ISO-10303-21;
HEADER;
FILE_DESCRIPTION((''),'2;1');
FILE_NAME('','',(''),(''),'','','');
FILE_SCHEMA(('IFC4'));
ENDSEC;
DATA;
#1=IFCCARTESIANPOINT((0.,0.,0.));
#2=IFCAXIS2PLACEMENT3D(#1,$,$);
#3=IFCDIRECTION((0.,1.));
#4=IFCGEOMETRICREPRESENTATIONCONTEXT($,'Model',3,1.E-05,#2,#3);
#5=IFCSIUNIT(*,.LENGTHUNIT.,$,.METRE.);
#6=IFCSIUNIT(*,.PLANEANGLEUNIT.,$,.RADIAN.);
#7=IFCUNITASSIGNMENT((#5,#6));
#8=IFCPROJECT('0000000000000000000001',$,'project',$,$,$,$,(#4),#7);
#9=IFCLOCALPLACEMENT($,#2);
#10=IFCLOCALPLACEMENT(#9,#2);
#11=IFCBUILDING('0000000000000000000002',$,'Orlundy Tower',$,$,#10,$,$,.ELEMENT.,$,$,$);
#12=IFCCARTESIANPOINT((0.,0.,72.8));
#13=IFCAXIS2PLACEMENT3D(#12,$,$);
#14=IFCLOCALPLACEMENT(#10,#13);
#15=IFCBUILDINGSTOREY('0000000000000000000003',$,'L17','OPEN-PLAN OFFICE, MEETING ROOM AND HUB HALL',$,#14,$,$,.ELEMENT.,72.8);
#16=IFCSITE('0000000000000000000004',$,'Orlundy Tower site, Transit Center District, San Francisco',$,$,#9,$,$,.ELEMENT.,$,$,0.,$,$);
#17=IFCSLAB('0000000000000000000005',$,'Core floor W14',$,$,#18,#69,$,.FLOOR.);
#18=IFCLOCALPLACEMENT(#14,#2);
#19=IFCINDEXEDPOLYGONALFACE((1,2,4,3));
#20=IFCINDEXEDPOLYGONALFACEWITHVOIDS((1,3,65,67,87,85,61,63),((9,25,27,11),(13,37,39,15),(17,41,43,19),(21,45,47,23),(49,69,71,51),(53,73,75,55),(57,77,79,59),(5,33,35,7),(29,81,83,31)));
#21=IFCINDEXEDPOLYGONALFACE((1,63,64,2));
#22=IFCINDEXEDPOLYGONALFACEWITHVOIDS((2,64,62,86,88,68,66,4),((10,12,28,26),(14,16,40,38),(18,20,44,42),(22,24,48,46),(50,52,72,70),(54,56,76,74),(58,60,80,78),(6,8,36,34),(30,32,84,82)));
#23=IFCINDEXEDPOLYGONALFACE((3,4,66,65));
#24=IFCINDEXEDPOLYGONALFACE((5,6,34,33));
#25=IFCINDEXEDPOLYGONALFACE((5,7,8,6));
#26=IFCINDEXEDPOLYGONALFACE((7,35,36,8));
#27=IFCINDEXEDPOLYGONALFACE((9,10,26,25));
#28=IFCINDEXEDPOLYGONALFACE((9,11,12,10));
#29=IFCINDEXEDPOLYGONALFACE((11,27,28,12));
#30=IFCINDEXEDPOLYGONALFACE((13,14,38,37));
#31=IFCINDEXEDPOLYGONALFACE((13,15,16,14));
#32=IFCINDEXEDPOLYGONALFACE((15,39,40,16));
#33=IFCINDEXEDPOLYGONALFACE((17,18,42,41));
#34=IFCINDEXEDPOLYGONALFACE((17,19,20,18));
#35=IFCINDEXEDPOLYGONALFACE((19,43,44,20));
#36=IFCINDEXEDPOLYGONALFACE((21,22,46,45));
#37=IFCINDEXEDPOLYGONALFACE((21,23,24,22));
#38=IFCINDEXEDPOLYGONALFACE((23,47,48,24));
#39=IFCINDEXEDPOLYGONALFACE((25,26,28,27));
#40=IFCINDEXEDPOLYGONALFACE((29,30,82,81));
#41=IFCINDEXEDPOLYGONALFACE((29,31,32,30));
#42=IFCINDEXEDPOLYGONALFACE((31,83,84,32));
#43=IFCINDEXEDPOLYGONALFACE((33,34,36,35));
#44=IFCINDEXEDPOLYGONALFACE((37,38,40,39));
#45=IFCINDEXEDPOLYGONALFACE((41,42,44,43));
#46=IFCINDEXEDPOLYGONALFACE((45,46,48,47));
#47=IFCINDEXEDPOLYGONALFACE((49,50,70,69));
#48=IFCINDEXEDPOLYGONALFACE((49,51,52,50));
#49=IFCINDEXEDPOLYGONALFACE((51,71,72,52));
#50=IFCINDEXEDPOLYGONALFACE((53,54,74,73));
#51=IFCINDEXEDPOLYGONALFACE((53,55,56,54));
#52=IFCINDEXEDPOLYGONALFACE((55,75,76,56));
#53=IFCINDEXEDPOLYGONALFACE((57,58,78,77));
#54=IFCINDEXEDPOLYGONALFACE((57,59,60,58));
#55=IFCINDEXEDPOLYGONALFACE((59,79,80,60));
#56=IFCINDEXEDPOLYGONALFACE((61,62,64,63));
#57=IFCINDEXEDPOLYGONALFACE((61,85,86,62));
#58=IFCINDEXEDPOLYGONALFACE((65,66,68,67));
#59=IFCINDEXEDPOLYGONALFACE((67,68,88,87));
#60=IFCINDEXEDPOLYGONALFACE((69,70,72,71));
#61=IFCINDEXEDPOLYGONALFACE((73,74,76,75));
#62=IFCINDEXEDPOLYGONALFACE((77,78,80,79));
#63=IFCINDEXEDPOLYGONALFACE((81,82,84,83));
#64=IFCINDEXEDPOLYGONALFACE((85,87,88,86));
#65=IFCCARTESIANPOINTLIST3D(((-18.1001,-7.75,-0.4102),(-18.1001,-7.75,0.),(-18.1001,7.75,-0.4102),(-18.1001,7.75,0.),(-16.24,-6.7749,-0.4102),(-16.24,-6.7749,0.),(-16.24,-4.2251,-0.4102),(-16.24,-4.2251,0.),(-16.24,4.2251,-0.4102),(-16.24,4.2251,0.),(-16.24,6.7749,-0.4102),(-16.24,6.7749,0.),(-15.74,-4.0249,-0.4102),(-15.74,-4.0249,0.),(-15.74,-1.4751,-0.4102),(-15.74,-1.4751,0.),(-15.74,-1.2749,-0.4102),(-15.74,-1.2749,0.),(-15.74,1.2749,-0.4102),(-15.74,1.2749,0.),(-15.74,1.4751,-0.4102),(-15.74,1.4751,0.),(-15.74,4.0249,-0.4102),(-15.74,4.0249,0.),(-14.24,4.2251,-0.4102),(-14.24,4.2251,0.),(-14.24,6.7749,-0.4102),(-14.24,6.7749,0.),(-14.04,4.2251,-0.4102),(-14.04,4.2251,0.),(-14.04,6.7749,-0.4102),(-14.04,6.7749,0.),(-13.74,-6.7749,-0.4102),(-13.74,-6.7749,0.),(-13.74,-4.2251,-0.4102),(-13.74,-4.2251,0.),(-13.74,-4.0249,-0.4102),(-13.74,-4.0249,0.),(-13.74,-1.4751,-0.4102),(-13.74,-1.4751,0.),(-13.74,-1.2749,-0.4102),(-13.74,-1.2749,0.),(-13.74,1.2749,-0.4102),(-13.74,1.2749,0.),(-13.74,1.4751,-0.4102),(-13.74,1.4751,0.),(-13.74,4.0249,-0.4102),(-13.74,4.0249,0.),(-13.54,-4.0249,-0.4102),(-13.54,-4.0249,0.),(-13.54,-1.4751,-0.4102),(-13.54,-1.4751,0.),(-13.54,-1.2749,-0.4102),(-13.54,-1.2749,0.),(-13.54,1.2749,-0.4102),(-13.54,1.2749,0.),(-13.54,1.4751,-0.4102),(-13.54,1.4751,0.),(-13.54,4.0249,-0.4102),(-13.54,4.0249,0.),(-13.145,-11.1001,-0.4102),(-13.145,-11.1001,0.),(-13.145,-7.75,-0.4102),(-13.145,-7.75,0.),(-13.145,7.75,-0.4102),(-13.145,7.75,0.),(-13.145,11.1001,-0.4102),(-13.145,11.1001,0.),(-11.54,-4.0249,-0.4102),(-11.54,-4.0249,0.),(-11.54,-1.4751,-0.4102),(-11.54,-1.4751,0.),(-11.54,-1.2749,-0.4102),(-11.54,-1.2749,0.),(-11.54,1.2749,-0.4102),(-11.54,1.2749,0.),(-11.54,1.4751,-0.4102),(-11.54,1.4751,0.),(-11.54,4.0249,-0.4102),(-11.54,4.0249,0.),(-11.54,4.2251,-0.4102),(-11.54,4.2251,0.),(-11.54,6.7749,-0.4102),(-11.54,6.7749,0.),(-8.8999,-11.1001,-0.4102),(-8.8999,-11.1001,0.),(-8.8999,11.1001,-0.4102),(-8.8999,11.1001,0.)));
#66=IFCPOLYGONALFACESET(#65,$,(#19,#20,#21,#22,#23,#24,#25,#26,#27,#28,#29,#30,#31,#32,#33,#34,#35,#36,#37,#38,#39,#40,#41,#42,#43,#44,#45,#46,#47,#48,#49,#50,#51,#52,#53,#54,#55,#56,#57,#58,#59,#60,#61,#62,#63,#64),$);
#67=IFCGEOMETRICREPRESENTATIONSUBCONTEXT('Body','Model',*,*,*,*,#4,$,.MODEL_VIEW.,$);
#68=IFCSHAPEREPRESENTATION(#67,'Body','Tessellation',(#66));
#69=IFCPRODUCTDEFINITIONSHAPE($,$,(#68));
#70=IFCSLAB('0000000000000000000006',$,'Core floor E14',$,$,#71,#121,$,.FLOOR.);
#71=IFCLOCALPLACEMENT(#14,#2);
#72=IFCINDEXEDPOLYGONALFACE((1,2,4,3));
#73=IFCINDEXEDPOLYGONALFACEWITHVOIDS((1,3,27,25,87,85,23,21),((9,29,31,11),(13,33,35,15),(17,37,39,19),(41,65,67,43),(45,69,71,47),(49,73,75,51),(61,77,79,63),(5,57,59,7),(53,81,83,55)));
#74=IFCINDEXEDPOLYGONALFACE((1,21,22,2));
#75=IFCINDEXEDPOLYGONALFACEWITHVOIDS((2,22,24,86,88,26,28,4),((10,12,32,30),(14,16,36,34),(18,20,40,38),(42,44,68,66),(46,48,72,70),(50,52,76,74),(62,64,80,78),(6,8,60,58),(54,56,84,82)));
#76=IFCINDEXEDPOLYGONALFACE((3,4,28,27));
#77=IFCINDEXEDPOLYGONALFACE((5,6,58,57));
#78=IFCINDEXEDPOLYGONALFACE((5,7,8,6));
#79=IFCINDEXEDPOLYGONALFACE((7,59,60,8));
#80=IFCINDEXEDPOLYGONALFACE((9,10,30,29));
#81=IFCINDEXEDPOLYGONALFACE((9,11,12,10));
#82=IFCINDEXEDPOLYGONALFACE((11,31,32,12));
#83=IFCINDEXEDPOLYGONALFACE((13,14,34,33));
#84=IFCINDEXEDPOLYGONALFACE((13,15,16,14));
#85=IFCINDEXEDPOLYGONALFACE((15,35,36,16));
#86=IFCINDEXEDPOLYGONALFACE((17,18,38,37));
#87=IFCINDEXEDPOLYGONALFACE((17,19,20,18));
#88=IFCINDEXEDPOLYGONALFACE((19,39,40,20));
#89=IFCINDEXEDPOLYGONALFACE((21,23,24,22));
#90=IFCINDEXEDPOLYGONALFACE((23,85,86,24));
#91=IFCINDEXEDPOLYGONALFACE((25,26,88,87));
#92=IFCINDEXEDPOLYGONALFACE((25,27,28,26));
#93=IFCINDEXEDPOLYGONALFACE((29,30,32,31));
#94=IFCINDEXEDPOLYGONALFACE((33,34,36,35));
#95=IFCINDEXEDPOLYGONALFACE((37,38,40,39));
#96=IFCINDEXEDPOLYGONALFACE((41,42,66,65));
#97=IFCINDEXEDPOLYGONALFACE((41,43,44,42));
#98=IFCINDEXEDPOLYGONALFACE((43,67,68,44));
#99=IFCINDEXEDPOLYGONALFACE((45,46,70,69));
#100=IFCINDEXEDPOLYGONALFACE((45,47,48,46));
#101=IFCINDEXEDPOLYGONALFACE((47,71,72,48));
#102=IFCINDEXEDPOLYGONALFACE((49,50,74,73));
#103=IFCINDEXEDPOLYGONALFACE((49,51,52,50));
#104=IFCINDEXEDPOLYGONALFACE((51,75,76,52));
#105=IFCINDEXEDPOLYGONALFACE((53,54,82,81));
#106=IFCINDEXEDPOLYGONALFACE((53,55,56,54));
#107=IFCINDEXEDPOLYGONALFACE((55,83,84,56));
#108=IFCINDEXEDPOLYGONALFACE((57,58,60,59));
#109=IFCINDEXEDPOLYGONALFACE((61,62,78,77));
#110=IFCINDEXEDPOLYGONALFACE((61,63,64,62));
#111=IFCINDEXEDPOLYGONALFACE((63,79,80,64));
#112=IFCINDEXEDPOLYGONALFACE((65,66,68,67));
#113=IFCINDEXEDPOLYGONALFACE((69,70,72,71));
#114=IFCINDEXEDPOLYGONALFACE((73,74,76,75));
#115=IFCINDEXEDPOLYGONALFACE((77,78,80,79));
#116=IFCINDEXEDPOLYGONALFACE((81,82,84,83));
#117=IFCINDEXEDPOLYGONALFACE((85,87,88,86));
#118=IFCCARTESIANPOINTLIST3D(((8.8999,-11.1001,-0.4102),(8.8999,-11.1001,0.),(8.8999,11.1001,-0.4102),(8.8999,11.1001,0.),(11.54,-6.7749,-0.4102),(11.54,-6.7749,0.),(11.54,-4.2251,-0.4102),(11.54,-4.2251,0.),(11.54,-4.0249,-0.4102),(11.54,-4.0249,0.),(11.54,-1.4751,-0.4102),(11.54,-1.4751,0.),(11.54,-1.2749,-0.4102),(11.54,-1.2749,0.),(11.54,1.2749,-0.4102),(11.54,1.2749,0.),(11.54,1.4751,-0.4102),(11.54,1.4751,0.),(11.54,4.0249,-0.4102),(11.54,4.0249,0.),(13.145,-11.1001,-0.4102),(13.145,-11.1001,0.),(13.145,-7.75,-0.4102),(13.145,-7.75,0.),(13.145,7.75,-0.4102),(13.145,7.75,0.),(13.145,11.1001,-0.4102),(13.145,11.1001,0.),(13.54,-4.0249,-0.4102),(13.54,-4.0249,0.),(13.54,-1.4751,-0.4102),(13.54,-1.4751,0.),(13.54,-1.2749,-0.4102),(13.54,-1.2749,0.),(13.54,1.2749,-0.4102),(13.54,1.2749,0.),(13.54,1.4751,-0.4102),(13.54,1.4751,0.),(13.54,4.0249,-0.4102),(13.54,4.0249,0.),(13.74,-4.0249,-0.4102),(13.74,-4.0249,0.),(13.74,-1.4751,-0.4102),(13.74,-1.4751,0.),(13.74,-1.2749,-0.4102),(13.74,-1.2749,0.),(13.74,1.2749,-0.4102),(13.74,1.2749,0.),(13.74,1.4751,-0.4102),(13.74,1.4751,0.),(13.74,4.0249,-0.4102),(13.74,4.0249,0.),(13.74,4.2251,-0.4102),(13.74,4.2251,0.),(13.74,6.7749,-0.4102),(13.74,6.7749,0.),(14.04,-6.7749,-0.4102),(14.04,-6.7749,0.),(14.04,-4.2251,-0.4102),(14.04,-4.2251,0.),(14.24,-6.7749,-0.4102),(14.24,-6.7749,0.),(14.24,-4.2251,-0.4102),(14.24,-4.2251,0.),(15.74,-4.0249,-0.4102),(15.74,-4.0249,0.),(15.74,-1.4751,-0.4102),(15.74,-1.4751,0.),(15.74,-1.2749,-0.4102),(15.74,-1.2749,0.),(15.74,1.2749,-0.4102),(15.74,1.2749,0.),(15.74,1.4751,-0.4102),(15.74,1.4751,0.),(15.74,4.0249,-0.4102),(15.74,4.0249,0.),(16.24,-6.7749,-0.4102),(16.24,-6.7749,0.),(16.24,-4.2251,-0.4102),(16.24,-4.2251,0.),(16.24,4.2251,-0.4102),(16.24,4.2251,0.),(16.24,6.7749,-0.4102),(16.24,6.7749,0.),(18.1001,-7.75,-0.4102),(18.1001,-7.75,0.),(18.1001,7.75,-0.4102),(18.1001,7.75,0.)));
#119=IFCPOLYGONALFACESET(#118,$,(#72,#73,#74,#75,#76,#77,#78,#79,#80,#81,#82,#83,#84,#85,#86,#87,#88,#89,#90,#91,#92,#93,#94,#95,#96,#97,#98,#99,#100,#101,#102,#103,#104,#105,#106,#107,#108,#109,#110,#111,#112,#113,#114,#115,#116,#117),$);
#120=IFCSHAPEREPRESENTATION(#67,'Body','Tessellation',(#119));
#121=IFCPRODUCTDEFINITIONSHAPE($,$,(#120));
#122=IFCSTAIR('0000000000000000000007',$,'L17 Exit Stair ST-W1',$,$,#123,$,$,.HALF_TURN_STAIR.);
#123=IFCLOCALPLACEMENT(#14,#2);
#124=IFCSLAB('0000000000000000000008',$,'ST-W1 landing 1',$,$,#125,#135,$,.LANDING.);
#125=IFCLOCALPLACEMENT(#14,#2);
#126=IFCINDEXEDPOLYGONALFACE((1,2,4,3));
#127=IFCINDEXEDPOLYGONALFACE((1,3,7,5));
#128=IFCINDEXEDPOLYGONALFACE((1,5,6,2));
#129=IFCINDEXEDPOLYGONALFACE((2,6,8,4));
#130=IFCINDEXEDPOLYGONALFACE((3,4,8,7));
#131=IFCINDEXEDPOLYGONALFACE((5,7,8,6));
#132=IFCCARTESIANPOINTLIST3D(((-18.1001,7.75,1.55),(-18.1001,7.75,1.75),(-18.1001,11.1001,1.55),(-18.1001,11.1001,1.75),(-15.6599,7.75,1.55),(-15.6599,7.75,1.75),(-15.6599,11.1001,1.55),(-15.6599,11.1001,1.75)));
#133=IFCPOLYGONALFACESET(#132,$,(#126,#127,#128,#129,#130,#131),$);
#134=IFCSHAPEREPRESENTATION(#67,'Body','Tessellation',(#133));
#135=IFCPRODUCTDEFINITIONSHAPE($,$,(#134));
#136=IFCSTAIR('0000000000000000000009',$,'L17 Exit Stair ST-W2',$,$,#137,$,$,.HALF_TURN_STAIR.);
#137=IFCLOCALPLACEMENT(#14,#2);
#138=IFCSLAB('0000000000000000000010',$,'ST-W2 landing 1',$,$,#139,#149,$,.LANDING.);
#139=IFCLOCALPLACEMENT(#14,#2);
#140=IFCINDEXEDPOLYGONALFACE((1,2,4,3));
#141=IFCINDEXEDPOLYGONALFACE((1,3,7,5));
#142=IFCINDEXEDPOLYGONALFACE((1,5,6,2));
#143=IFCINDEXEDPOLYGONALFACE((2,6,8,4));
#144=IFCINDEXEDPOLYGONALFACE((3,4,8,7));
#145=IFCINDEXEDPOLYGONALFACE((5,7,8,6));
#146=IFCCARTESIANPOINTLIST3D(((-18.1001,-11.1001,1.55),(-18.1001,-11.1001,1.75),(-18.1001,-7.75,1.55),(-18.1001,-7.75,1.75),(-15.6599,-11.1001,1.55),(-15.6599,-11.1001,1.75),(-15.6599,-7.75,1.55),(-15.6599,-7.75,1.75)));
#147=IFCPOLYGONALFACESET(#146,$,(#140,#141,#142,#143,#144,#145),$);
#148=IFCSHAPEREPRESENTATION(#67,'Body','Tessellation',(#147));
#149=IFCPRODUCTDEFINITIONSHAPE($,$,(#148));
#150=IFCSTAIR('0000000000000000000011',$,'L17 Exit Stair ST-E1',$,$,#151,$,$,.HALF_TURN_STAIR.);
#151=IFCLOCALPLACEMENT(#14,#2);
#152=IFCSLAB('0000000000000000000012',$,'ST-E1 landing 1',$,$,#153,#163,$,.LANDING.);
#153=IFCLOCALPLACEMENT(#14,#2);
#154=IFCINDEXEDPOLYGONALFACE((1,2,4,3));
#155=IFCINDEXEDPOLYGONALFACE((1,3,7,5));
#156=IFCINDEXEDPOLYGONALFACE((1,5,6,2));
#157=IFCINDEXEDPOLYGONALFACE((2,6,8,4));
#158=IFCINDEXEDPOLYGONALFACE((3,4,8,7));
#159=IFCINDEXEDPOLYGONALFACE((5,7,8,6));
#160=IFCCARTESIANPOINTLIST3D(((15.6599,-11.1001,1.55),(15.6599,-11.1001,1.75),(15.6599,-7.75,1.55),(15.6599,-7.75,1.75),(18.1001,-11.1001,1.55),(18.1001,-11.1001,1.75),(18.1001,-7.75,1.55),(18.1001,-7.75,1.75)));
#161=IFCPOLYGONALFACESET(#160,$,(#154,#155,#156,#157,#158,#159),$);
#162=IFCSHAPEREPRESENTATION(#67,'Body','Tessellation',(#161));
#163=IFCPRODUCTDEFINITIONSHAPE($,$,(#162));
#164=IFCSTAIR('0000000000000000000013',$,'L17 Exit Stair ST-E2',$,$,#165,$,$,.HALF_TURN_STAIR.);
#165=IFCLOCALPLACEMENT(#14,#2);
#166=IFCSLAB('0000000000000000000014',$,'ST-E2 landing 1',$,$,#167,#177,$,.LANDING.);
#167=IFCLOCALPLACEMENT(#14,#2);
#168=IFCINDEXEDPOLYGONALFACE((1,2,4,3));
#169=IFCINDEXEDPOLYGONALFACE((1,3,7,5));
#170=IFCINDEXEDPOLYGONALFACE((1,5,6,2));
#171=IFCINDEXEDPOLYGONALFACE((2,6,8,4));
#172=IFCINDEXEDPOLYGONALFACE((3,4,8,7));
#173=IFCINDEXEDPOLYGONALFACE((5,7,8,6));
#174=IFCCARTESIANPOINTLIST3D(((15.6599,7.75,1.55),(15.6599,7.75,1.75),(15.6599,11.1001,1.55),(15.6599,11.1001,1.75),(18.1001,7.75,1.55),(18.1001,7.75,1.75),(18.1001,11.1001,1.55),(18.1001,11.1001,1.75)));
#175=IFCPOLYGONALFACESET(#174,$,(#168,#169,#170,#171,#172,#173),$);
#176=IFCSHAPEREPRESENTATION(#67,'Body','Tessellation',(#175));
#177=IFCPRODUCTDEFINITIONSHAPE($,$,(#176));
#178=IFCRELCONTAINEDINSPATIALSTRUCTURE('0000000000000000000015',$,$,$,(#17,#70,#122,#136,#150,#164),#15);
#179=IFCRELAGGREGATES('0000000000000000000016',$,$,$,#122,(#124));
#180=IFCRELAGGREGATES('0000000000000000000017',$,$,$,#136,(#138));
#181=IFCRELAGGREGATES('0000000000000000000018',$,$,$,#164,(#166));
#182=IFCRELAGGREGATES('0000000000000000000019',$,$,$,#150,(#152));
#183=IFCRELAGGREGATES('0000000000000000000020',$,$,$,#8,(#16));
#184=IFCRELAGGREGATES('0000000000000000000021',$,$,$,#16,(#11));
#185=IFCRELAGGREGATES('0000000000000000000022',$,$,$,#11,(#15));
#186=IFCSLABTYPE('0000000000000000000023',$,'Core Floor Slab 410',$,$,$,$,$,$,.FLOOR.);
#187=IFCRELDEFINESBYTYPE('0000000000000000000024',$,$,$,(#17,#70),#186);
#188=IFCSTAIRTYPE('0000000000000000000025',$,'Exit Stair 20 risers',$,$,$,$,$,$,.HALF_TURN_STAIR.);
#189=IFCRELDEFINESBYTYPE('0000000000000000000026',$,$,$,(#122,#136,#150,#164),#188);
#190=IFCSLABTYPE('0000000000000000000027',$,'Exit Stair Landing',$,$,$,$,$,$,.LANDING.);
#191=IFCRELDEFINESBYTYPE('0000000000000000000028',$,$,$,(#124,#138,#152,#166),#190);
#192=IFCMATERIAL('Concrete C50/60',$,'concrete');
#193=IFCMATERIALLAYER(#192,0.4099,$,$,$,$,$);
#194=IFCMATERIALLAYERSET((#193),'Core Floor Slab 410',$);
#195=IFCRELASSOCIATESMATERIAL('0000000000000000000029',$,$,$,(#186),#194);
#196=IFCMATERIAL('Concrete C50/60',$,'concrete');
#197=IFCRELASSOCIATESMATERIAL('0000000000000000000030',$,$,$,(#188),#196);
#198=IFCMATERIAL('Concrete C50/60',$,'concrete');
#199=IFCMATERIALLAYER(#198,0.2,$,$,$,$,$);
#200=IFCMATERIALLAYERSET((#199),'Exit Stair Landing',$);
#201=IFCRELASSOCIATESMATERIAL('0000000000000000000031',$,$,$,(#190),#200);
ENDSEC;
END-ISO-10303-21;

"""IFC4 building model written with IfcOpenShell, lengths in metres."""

from ifc_helpers import new_model, si_unit, direction, frame, origin, place, context, subcontext, project, spatial, polyline, outline, extrude, material, layer, layer_set, type_object, element, aggregate, save


model = new_model("IFC4")

# Units and contexts
model_context = context("Model", 3, precision=1e-05, world=origin(), true_north=direction((0.0, 1.0)))
body_context = subcontext(model_context, "Body", "Model", "MODEL_VIEW")
ifc_project = project(units=[si_unit("LENGTHUNIT", "METRE"), si_unit("PLANEANGLEUNIT", "RADIAN")], contexts=[model_context])

# Site, building, storey
site_placement = place(None, origin())
site = spatial("IfcSite", under=ifc_project, at=site_placement, Name="Orlundy Tower site, Transit Center District, San Francisco", CompositionType="ELEMENT", RefElevation=0.0)
building_placement = place(site_placement, origin())
building = spatial("IfcBuilding", under=site, at=building_placement, Name="Orlundy Tower", CompositionType="ELEMENT")
storey_placement = place(building_placement, frame((0.0, 0.0, 72.8)))
storey = spatial("IfcBuildingStorey", under=building, at=storey_placement, Name="L17", Description="OPEN-PLAN OFFICE, MEETING ROOM AND HUB HALL", CompositionType="ELEMENT", Elevation=72.8)

# Slabs
ifc_material_1 = material(Name="Concrete C50/60", Category="concrete")
ifc_layer_1 = layer(ifc_material_1, 0.4099)
ifc_layer_set_1 = layer_set([ifc_layer_1], Name="Core Floor Slab 410")
slab_type_1 = type_object("IfcSlabType", Name="Core Floor Slab 410", PredefinedType="FLOOR", material=ifc_layer_set_1)
slab_1_placement = place(storey_placement, frame((0.0, 0.0, -0.4102)))
element("IfcSlab", 1, at=slab_1_placement, inside=storey, type_object=slab_type_1, Name="Core floor W14", PredefinedType="FLOOR", context=body_context, shape_type="SweptSolid", body=[
    extrude(outline(polyline([(-13.145, 7.75), (-13.145, 11.1001), (-8.8999, 11.1001), (-8.8999, -11.1001), (-13.145, -11.1001), (-13.145, -7.75), (-18.1001, -7.75), (-18.1001, 7.75), (-13.145, 7.75)]), holes=[polyline([(-16.24, -6.7749), (-13.74, -6.7749), (-13.74, -4.2251), (-16.24, -4.2251), (-16.24, -6.7749)]), polyline([(-13.54, -1.4751), (-13.54, -4.0249), (-11.54, -4.0249), (-11.54, -1.4751), (-13.54, -1.4751)]), polyline([(-13.74, -1.4751), (-15.74, -1.4751), (-15.74, -4.0249), (-13.74, -4.0249), (-13.74, -1.4751)]), polyline([(-11.54, -1.2749), (-11.54, 1.2749), (-13.54, 1.2749), (-13.54, -1.2749), (-11.54, -1.2749)]), polyline([(-15.74, -1.2749), (-13.74, -1.2749), (-13.74, 1.2749), (-15.74, 1.2749), (-15.74, -1.2749)]), polyline([(-13.54, 4.0249), (-13.54, 1.4751), (-11.54, 1.4751), (-11.54, 4.0249), (-13.54, 4.0249)]), polyline([(-13.74, 4.0249), (-15.74, 4.0249), (-15.74, 1.4751), (-13.74, 1.4751), (-13.74, 4.0249)]), polyline([(-11.54, 4.2251), (-11.54, 6.7749), (-14.04, 6.7749), (-14.04, 4.2251), (-11.54, 4.2251)]), polyline([(-16.24, 4.2251), (-14.24, 4.2251), (-14.24, 6.7749), (-16.24, 6.7749), (-16.24, 4.2251)])]), origin(), (0.0, 0.0, 1.0), 0.4102),
])
slab_2_placement = place(storey_placement, frame((0.0, 0.0, -0.4102)))
element("IfcSlab", 2, at=slab_2_placement, inside=storey, type_object=slab_type_1, Name="Core floor E14", PredefinedType="FLOOR", context=body_context, shape_type="SweptSolid", body=[
    extrude(outline(polyline([(13.145, -7.75), (13.145, -11.1001), (8.8999, -11.1001), (8.8999, 11.1001), (13.145, 11.1001), (13.145, 7.75), (18.1001, 7.75), (18.1001, -7.75), (13.145, -7.75)]), holes=[polyline([(16.24, 6.7749), (13.74, 6.7749), (13.74, 4.2251), (16.24, 4.2251), (16.24, 6.7749)]), polyline([(13.54, 1.4751), (13.54, 4.0249), (11.54, 4.0249), (11.54, 1.4751), (13.54, 1.4751)]), polyline([(13.74, 1.4751), (15.74, 1.4751), (15.74, 4.0249), (13.74, 4.0249), (13.74, 1.4751)]), polyline([(11.54, 1.2749), (11.54, -1.2749), (13.54, -1.2749), (13.54, 1.2749), (11.54, 1.2749)]), polyline([(15.74, 1.2749), (13.74, 1.2749), (13.74, -1.2749), (15.74, -1.2749), (15.74, 1.2749)]), polyline([(13.54, -4.0249), (13.54, -1.4751), (11.54, -1.4751), (11.54, -4.0249), (13.54, -4.0249)]), polyline([(13.74, -4.0249), (15.74, -4.0249), (15.74, -1.4751), (13.74, -1.4751), (13.74, -4.0249)]), polyline([(11.54, -4.2251), (11.54, -6.7749), (14.04, -6.7749), (14.04, -4.2251), (11.54, -4.2251)]), polyline([(16.24, -4.2251), (14.24, -4.2251), (14.24, -6.7749), (16.24, -6.7749), (16.24, -4.2251)])]), origin(), (0.0, 0.0, 1.0), 0.4102),
])

# Stairs, slabs
ifc_material_2 = material(Name="Concrete C50/60", Category="concrete")
stair_type = type_object("IfcStairType", Name="Exit Stair 20 risers", PredefinedType="HALF_TURN_STAIR", material=ifc_material_2)
stair_1_placement = place(storey_placement, origin())
stair_1 = element("IfcStair", 3, at=stair_1_placement, inside=storey, type_object=stair_type, Name="L17 Exit Stair ST-W1", PredefinedType="HALF_TURN_STAIR")
ifc_material_3 = material(Name="Concrete C50/60", Category="concrete")
ifc_layer_2 = layer(ifc_material_3, 0.2)
ifc_layer_set_2 = layer_set([ifc_layer_2], Name="Exit Stair Landing")
slab_type_2 = type_object("IfcSlabType", Name="Exit Stair Landing", PredefinedType="LANDING", material=ifc_layer_set_2)
slab_3_placement = place(storey_placement, frame((0.0, 0.0, 1.55)))
slab_3 = element("IfcSlab", 4, at=slab_3_placement, type_object=slab_type_2, Name="ST-W1 landing 1", PredefinedType="LANDING", context=body_context, shape_type="SweptSolid", body=[
    extrude(outline(polyline([(-15.6599, 11.1001), (-18.1001, 11.1001), (-18.1001, 7.75), (-15.6599, 7.75), (-15.6599, 11.1001)])), origin(), (0.0, 0.0, 1.0), 0.2),
])
aggregate(stair_1, [slab_3])
stair_2_placement = place(storey_placement, origin())
stair_2 = element("IfcStair", 5, at=stair_2_placement, inside=storey, type_object=stair_type, Name="L17 Exit Stair ST-W2", PredefinedType="HALF_TURN_STAIR")
slab_4_placement = place(storey_placement, frame((0.0, 0.0, 1.55)))
slab_4 = element("IfcSlab", 6, at=slab_4_placement, type_object=slab_type_2, Name="ST-W2 landing 1", PredefinedType="LANDING", context=body_context, shape_type="SweptSolid", body=[
    extrude(outline(polyline([(-15.6599, -7.75), (-18.1001, -7.75), (-18.1001, -11.1001), (-15.6599, -11.1001), (-15.6599, -7.75)])), origin(), (0.0, 0.0, 1.0), 0.2),
])
aggregate(stair_2, [slab_4])
stair_3_placement = place(storey_placement, origin())
stair_3 = element("IfcStair", 7, at=stair_3_placement, inside=storey, type_object=stair_type, Name="L17 Exit Stair ST-E1", PredefinedType="HALF_TURN_STAIR")
slab_5_placement = place(storey_placement, frame((0.0, 0.0, 1.55)))
slab_5 = element("IfcSlab", 8, at=slab_5_placement, type_object=slab_type_2, Name="ST-E1 landing 1", PredefinedType="LANDING", context=body_context, shape_type="SweptSolid", body=[
    extrude(outline(polyline([(15.6599, -11.1001), (18.1001, -11.1001), (18.1001, -7.75), (15.6599, -7.75), (15.6599, -11.1001)])), origin(), (0.0, 0.0, 1.0), 0.2),
])
stair_4_placement = place(storey_placement, origin())
stair_4 = element("IfcStair", 9, at=stair_4_placement, inside=storey, type_object=stair_type, Name="L17 Exit Stair ST-E2", PredefinedType="HALF_TURN_STAIR")
slab_6_placement = place(storey_placement, frame((0.0, 0.0, 1.55)))
slab_6 = element("IfcSlab", 10, at=slab_6_placement, type_object=slab_type_2, Name="ST-E2 landing 1", PredefinedType="LANDING", context=body_context, shape_type="SweptSolid", body=[
    extrude(outline(polyline([(15.6599, 7.75), (18.1001, 7.75), (18.1001, 11.1001), (15.6599, 11.1001), (15.6599, 7.75)])), origin(), (0.0, 0.0, 1.0), 0.2),
])
aggregate(stair_4, [slab_6])

aggregate(stair_3, [slab_5])

save(model, "model.ifc")
